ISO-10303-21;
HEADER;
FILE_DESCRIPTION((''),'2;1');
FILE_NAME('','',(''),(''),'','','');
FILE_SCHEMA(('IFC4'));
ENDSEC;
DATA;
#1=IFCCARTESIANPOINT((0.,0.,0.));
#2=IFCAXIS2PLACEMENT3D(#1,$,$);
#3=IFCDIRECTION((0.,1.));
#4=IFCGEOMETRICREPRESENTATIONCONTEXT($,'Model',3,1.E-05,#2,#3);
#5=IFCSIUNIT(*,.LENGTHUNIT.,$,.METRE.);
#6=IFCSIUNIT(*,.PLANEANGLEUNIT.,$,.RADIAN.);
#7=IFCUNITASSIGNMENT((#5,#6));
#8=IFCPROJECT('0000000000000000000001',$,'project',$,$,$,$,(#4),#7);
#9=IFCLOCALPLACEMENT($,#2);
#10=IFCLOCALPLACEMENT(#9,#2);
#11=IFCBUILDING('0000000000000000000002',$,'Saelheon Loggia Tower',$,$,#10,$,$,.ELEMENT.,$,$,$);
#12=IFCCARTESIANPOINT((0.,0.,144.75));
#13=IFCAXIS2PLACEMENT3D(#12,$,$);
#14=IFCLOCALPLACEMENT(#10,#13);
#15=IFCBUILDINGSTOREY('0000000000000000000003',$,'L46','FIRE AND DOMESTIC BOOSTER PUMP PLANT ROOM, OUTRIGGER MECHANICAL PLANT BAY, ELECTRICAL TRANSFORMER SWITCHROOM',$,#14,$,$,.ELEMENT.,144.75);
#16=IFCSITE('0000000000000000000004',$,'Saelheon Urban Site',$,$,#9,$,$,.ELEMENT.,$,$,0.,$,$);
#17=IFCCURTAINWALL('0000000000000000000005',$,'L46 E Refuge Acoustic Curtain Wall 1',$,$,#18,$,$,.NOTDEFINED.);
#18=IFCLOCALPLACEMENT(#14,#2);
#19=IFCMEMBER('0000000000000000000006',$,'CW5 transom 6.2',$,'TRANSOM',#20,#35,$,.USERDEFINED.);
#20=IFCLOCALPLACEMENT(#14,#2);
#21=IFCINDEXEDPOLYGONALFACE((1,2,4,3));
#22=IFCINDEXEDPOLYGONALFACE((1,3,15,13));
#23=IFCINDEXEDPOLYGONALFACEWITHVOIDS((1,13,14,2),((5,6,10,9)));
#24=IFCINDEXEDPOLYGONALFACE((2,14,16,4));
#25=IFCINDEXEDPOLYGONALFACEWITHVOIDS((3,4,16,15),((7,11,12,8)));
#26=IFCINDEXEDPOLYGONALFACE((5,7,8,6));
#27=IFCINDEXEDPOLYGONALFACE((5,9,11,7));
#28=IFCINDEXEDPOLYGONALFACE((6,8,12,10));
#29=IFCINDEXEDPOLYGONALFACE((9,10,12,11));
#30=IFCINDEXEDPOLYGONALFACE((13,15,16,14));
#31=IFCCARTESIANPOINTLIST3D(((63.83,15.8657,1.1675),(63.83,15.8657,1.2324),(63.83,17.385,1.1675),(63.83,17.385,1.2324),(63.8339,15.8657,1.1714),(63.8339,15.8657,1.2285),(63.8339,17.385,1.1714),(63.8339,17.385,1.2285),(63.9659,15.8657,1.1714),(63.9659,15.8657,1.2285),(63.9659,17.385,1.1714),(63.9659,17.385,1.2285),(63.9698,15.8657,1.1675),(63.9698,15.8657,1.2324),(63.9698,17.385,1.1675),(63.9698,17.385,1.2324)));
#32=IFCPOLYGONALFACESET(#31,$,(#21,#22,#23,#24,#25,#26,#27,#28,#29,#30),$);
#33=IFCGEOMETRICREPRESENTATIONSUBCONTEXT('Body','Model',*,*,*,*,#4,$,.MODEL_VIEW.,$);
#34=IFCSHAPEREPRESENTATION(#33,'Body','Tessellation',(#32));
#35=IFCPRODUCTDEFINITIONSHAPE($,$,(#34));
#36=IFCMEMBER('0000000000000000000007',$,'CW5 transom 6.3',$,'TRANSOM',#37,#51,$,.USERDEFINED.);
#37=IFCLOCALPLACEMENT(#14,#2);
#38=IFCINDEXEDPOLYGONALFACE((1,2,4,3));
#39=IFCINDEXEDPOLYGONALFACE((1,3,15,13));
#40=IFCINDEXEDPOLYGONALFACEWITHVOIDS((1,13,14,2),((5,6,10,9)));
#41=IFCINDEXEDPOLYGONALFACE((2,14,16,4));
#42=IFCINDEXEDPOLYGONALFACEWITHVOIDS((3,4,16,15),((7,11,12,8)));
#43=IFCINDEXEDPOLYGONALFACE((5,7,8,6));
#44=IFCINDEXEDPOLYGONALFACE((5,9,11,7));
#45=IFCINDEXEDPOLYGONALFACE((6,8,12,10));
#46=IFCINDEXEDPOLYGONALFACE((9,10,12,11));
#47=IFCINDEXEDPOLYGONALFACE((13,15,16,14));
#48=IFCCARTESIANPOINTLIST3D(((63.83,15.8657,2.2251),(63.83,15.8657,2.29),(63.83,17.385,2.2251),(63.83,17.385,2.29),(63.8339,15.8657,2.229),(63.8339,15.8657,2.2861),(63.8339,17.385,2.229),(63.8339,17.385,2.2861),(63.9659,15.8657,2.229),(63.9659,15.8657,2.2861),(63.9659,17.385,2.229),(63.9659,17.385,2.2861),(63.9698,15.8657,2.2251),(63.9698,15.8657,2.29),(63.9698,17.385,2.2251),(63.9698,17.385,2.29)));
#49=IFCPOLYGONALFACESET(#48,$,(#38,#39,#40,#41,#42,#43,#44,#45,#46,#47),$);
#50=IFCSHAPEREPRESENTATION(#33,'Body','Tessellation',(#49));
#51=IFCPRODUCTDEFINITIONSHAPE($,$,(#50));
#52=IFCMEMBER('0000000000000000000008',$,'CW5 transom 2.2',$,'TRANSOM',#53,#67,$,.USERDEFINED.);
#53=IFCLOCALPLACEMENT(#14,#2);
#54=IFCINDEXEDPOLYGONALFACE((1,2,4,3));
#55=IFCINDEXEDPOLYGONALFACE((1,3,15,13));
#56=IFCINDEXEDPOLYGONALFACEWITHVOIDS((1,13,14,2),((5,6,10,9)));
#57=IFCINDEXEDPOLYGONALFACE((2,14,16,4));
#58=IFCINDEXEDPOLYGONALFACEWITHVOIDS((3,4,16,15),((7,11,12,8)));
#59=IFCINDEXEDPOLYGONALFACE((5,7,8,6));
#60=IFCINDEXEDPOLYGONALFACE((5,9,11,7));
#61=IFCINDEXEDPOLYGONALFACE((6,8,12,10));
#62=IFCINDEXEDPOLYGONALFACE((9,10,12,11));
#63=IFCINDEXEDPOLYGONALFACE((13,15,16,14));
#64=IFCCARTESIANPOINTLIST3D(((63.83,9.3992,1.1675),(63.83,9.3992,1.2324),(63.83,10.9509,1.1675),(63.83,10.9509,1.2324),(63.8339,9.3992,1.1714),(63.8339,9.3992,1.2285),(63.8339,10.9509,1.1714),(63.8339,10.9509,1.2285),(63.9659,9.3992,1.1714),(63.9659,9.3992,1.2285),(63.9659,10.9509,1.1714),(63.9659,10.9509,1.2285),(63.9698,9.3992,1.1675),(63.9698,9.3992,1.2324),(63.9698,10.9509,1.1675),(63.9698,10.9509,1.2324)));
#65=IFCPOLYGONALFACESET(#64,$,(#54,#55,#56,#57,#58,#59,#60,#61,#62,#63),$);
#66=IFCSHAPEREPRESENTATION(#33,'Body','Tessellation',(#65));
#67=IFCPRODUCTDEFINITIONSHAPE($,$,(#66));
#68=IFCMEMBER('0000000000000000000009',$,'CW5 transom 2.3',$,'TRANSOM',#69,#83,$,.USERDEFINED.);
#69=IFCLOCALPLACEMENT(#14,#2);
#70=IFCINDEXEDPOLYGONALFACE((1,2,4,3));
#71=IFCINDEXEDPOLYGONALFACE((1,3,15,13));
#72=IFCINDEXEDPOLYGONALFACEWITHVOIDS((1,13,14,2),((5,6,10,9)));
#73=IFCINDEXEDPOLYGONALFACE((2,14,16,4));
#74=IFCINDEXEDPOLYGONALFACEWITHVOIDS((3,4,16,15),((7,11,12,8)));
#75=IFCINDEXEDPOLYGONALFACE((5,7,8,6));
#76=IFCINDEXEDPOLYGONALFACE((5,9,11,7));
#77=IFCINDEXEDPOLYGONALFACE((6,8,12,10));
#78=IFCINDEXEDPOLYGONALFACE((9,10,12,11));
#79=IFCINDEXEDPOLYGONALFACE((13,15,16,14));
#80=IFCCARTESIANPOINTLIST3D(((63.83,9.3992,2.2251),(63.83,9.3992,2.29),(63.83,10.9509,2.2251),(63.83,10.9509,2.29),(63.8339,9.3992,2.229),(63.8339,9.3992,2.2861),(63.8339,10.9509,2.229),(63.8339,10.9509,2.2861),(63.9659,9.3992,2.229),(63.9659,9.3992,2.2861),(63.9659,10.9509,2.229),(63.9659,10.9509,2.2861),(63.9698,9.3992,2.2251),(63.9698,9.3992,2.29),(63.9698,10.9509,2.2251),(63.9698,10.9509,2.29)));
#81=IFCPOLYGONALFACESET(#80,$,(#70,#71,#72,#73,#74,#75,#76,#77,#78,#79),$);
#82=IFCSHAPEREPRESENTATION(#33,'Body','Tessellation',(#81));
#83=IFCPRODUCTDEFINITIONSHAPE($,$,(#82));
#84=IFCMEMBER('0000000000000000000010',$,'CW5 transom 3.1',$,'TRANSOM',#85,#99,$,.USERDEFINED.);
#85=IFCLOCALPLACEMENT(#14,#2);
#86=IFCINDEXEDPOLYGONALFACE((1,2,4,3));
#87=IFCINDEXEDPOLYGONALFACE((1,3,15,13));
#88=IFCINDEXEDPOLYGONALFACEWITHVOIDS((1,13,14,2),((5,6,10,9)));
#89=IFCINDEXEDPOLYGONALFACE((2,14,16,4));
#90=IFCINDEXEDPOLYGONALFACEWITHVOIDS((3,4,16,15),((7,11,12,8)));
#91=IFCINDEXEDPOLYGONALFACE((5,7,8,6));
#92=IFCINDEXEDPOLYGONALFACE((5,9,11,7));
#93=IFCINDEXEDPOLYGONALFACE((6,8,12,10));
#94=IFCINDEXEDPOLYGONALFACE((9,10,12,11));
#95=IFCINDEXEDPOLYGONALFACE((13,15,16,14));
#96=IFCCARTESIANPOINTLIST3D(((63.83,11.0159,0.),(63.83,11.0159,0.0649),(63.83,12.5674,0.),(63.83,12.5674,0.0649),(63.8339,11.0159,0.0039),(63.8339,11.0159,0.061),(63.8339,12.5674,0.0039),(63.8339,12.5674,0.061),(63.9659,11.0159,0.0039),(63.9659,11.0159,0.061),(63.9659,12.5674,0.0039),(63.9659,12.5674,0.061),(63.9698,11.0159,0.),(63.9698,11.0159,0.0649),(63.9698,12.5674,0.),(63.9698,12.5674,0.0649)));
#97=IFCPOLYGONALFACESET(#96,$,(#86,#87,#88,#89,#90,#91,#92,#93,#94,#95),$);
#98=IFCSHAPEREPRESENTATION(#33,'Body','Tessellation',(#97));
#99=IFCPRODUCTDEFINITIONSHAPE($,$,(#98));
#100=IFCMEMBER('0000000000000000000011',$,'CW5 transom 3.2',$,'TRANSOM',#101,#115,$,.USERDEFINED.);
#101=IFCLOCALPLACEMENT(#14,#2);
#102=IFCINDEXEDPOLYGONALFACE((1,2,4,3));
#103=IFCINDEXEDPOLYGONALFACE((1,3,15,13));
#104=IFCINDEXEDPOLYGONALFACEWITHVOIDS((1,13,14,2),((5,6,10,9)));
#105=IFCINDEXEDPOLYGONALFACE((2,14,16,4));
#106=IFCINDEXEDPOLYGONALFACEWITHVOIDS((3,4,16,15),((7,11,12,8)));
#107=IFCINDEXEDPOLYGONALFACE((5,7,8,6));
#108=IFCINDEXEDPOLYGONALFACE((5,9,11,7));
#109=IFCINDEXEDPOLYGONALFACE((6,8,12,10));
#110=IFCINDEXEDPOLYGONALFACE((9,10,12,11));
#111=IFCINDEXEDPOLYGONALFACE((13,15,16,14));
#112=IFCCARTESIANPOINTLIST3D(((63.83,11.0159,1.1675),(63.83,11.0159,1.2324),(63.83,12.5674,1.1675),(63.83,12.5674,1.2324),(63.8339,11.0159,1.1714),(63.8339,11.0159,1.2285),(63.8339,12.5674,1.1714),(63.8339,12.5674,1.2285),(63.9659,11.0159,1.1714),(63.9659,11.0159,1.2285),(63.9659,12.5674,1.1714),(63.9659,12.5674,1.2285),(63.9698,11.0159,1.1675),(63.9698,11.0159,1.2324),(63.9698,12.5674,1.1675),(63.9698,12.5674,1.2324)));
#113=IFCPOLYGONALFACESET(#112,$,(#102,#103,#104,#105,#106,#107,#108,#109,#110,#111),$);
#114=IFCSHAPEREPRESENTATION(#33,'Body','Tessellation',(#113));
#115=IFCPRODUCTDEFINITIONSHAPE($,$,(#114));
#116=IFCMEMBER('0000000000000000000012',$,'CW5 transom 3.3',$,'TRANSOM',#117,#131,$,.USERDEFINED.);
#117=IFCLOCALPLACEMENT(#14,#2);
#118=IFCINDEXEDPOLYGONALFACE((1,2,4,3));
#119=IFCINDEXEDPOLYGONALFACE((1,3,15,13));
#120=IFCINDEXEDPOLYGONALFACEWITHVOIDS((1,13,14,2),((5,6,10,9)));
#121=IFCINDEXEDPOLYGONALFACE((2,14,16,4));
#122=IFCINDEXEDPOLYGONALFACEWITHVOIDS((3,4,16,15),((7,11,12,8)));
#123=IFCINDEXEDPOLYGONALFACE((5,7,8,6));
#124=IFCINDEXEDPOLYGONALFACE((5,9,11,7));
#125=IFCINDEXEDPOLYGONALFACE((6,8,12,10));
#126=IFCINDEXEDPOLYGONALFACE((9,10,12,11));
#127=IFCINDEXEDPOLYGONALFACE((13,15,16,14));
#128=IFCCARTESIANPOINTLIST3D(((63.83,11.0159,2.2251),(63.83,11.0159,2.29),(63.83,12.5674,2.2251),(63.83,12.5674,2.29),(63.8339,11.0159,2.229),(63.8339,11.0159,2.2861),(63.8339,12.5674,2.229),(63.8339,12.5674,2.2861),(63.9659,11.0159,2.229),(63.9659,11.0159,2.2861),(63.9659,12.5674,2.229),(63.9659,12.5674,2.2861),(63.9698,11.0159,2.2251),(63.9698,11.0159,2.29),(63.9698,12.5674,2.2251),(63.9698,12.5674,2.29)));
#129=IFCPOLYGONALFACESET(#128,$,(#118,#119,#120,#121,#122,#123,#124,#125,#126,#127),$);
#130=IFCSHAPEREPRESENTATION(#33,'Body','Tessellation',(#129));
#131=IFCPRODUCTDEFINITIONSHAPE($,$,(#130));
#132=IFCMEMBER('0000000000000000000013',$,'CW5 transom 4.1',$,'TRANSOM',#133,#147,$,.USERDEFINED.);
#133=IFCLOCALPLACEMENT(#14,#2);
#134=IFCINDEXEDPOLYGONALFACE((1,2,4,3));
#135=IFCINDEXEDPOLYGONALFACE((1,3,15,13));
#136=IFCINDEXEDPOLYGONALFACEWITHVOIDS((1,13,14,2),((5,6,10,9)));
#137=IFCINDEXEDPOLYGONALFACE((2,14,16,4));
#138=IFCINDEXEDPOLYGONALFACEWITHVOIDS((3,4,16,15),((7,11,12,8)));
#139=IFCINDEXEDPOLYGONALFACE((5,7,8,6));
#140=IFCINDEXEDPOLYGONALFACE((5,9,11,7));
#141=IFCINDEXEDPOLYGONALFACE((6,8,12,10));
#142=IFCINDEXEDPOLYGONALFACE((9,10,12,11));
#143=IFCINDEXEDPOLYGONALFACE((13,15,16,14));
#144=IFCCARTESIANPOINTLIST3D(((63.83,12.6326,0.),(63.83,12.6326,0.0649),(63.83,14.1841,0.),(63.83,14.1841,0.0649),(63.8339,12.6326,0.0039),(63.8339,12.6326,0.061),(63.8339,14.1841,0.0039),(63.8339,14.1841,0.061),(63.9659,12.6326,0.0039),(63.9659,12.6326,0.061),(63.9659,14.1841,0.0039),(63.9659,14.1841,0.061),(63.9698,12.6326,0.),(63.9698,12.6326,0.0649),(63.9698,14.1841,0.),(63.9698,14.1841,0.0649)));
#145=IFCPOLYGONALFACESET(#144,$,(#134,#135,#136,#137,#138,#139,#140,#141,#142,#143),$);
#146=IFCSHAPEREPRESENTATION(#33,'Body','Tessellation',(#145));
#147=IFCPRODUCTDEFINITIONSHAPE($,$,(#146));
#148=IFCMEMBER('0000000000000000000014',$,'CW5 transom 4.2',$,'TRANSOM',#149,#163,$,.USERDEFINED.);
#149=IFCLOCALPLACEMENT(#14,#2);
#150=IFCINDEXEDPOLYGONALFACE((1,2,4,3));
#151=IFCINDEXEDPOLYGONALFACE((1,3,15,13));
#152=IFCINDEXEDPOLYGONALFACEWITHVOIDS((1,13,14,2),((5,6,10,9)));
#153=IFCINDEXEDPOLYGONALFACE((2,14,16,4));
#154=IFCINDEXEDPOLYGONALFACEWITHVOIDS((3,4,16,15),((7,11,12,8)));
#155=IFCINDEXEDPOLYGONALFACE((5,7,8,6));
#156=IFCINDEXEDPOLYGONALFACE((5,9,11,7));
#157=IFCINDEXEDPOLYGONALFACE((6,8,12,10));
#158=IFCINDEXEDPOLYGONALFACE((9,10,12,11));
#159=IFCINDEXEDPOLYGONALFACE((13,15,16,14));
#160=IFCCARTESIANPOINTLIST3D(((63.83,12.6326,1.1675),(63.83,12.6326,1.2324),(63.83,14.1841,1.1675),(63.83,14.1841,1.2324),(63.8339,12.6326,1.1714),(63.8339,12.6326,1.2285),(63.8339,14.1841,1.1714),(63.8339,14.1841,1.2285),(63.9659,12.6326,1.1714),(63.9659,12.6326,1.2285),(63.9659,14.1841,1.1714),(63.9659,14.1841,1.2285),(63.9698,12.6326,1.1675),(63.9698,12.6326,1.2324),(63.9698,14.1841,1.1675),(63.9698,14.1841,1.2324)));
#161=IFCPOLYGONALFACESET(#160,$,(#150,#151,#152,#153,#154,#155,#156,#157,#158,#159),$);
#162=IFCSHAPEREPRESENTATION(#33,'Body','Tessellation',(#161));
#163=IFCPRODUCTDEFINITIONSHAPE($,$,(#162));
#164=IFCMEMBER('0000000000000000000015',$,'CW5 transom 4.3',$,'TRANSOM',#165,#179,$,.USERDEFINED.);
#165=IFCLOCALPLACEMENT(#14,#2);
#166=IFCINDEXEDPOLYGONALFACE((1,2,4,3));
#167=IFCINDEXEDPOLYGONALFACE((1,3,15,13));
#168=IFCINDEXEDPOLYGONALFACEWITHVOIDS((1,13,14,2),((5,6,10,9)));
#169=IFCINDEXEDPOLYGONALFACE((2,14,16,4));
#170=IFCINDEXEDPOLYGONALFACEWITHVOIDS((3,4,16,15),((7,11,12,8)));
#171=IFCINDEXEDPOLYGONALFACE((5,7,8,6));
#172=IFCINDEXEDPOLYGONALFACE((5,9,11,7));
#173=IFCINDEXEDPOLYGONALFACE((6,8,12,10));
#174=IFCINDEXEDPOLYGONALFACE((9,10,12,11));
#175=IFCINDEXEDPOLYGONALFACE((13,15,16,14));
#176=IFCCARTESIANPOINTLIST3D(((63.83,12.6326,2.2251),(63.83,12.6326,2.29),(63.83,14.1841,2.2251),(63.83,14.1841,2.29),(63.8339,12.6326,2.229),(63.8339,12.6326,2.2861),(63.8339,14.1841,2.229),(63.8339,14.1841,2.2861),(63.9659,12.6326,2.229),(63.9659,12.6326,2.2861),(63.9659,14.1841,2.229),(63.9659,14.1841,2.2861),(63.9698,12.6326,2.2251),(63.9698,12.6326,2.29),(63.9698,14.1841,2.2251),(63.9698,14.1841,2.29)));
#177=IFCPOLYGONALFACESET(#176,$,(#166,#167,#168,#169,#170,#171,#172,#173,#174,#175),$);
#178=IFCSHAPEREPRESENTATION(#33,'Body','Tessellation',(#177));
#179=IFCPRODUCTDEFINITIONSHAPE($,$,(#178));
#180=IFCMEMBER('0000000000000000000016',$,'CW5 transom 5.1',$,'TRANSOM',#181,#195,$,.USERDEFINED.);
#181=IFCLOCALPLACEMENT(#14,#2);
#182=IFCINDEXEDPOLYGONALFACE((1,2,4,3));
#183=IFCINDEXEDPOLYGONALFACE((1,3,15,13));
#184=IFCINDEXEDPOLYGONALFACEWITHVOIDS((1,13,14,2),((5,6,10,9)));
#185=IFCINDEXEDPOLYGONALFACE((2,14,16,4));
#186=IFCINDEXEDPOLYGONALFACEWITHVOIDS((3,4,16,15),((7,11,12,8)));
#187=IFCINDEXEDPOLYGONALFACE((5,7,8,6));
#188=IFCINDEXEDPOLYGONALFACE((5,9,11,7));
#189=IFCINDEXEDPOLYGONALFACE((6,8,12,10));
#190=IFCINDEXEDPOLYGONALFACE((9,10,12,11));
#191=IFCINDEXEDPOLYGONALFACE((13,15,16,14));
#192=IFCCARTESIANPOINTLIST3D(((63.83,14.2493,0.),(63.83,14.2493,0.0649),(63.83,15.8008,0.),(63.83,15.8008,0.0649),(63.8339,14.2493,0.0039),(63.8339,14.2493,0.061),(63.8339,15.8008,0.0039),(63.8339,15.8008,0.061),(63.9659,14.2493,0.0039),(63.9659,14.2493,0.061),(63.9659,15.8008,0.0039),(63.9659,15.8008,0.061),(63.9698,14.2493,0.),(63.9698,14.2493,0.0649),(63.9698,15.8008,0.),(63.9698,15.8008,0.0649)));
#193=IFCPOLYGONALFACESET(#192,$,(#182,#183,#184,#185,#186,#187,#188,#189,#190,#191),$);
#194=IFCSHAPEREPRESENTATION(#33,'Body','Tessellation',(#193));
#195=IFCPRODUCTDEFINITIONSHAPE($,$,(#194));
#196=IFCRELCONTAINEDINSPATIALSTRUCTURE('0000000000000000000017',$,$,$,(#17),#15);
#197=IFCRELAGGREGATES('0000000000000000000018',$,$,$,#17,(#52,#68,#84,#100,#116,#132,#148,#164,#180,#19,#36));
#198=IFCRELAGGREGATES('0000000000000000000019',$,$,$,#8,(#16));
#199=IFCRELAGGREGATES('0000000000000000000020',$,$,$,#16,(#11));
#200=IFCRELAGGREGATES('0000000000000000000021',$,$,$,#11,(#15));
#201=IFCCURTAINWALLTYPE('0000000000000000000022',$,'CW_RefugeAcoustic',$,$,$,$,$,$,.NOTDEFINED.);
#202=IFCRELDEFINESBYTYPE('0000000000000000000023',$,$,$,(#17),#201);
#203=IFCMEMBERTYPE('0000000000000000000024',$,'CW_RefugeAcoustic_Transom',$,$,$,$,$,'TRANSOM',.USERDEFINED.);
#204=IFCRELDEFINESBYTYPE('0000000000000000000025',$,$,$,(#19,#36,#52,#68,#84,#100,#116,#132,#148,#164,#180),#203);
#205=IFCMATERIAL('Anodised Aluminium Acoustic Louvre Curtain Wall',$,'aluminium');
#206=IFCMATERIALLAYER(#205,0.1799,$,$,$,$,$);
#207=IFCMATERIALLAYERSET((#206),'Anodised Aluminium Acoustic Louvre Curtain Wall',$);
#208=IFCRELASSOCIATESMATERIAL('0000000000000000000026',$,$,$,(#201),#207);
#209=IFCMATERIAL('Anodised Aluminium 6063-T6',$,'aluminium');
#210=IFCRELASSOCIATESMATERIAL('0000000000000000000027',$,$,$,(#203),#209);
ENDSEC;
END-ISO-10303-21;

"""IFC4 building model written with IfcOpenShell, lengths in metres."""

from ifc_helpers import new_model, si_unit, direction, frame, origin, origin_2d, place, context, subcontext, project, spatial, hollow_rectangle, extrude, source, transform, mapped, material, layer, layer_set, material_profile, profile_set, type_object, element, aggregate, save


model = new_model("IFC4")

# Units and contexts
model_context = context("Model", 3, precision=1e-05, world=origin(), true_north=direction((0.0, 1.0)))
body_context = subcontext(model_context, "Body", "Model", "MODEL_VIEW")
ifc_project = project(units=[si_unit("LENGTHUNIT", "METRE"), si_unit("PLANEANGLEUNIT", "RADIAN")], contexts=[model_context])

# Site, building, storey
site_placement = place(None, origin())
site = spatial("IfcSite", under=ifc_project, at=site_placement, Name="Saelheon Urban Site", CompositionType="ELEMENT", RefElevation=0.0)
building_placement = place(site_placement, origin())
building = spatial("IfcBuilding", under=site, at=building_placement, Name="Saelheon Loggia Tower", CompositionType="ELEMENT")
storey_placement = place(building_placement, frame((0.0, 0.0, 144.75)))
storey = spatial("IfcBuildingStorey", under=building, at=storey_placement, Name="L46", Description="FIRE AND DOMESTIC BOOSTER PUMP PLANT ROOM, OUTRIGGER MECHANICAL PLANT BAY, ELECTRICAL TRANSFORMER SWITCHROOM", CompositionType="ELEMENT", Elevation=144.75)

# Curtain wall, members
ifc_material_1 = material(Name="Anodised Aluminium Acoustic Louvre Curtain Wall", Category="aluminium")
ifc_layer_1 = layer(ifc_material_1, 0.1799)
ifc_layer_set_1 = layer_set([ifc_layer_1], Name="Anodised Aluminium Acoustic Louvre Curtain Wall")
curtain_wall_type = type_object("IfcCurtainWallType", Name="CW_RefugeAcoustic", PredefinedType="NOTDEFINED", material=ifc_layer_set_1)
curtain_wall_placement = place(storey_placement, origin())
curtain_wall = element("IfcCurtainWall", 1, at=curtain_wall_placement, inside=storey, type_object=curtain_wall_type, Name="L46 E Refuge Acoustic Curtain Wall 1", PredefinedType="NOTDEFINED")
ifc_material_2 = material(Name="Anodised Aluminium 6063-T6", Category="aluminium")
ifc_material_profile_1 = material_profile(ifc_material_2, hollow_rectangle(XDim=0.0649, YDim=0.1399, WallThickness=0.0039, at=origin_2d()), Name="RHS-140x65x4")
ifc_profile_set_1 = profile_set([ifc_material_profile_1], Name="Anodised Aluminium 6063-T6")
member_type_1 = type_object("IfcMemberType", Name="CW_RefugeAcoustic_Transom", ElementType="TRANSOM", PredefinedType="USERDEFINED", material=ifc_profile_set_1)
shared_shape_1 = source(origin(), body_context, "Body", "SweptSolid", [
    extrude(hollow_rectangle(XDim=0.0649, YDim=0.1399, WallThickness=0.0039, at=origin_2d()), origin(), (0.0, 0.0, 1.0), 1.5193),
])
member_1_placement = place(storey_placement, frame((63.8999, 15.8657, 1.2), z_axis=(0.0, 1.0, 0.0), x_axis=(0.0, 0.0, 1.0)))
member_1 = element("IfcMember", 2, at=member_1_placement, type_object=member_type_1, Name="CW5 transom 6.2", ObjectType="TRANSOM", PredefinedType="USERDEFINED", context=body_context, shape_type="MappedRepresentation", body=[
    mapped(shared_shape_1, transform((0.0, 0.0, 0.0), scale=1.0)),
])
member_2_placement = place(storey_placement, frame((63.8999, 15.8657, 2.2576), z_axis=(0.0, 1.0, 0.0), x_axis=(0.0, 0.0, 1.0)))
member_2 = element("IfcMember", 3, at=member_2_placement, type_object=member_type_1, Name="CW5 transom 6.3", ObjectType="TRANSOM", PredefinedType="USERDEFINED", context=body_context, shape_type="MappedRepresentation", body=[
    mapped(shared_shape_1, transform((0.0, 0.0, 0.0), scale=1.0)),
])
shared_shape_2 = source(origin(), body_context, "Body", "SweptSolid", [
    extrude(hollow_rectangle(XDim=0.0649, YDim=0.1399, WallThickness=0.0039, at=origin_2d()), origin(), (0.0, 0.0, 1.0), 1.5518),
])
member_3_placement = place(storey_placement, frame((63.8999, 9.3992, 1.2), z_axis=(0.0, 1.0, 0.0), x_axis=(0.0, 0.0, 1.0)))
member_3 = element("IfcMember", 4, at=member_3_placement, type_object=member_type_1, Name="CW5 transom 2.2", ObjectType="TRANSOM", PredefinedType="USERDEFINED", context=body_context, shape_type="MappedRepresentation", body=[
    mapped(shared_shape_2, transform((0.0, 0.0, 0.0), scale=1.0)),
])
member_4_placement = place(storey_placement, frame((63.8999, 9.3992, 2.2576), z_axis=(0.0, 1.0, 0.0), x_axis=(0.0, 0.0, 1.0)))
member_4 = element("IfcMember", 5, at=member_4_placement, type_object=member_type_1, Name="CW5 transom 2.3", ObjectType="TRANSOM", PredefinedType="USERDEFINED", context=body_context, shape_type="MappedRepresentation", body=[
    mapped(shared_shape_2, transform((0.0, 0.0, 0.0), scale=1.0)),
])
shared_shape_3 = source(origin(), body_context, "Body", "SweptSolid", [
    extrude(hollow_rectangle(XDim=0.0649, YDim=0.1399, WallThickness=0.0039, at=origin_2d()), origin(), (0.0, 0.0, 1.0), 1.5515),
])
member_5_placement = place(storey_placement, frame((63.8999, 11.0159, 0.0325), z_axis=(0.0, 1.0, 0.0), x_axis=(0.0, 0.0, 1.0)))
member_5 = element("IfcMember", 6, at=member_5_placement, type_object=member_type_1, Name="CW5 transom 3.1", ObjectType="TRANSOM", PredefinedType="USERDEFINED", context=body_context, shape_type="MappedRepresentation", body=[
    mapped(shared_shape_3, transform((0.0, 0.0, 0.0), scale=1.0)),
])
member_6_placement = place(storey_placement, frame((63.8999, 11.0159, 1.2), z_axis=(0.0, 1.0, 0.0), x_axis=(0.0, 0.0, 1.0)))
member_6 = element("IfcMember", 7, at=member_6_placement, type_object=member_type_1, Name="CW5 transom 3.2", ObjectType="TRANSOM", PredefinedType="USERDEFINED", context=body_context, shape_type="MappedRepresentation", body=[
    mapped(shared_shape_3, transform((0.0, 0.0, 0.0), scale=1.0)),
])
member_7_placement = place(storey_placement, frame((63.8999, 11.0159, 2.2576), z_axis=(0.0, 1.0, 0.0), x_axis=(0.0, 0.0, 1.0)))
member_7 = element("IfcMember", 8, at=member_7_placement, type_object=member_type_1, Name="CW5 transom 3.3", ObjectType="TRANSOM", PredefinedType="USERDEFINED", context=body_context, shape_type="MappedRepresentation", body=[
    mapped(shared_shape_3, transform((0.0, 0.0, 0.0), scale=1.0)),
])
member_8_placement = place(storey_placement, frame((63.8999, 12.6326, 0.0325), z_axis=(0.0, 1.0, 0.0), x_axis=(0.0, 0.0, 1.0)))
member_8 = element("IfcMember", 9, at=member_8_placement, type_object=member_type_1, Name="CW5 transom 4.1", ObjectType="TRANSOM", PredefinedType="USERDEFINED", context=body_context, shape_type="MappedRepresentation", body=[
    mapped(shared_shape_3, transform((0.0, 0.0, 0.0), scale=1.0)),
])
member_9_placement = place(storey_placement, frame((63.8999, 12.6326, 1.2), z_axis=(0.0, 1.0, 0.0), x_axis=(0.0, 0.0, 1.0)))
member_9 = element("IfcMember", 10, at=member_9_placement, type_object=member_type_1, Name="CW5 transom 4.2", ObjectType="TRANSOM", PredefinedType="USERDEFINED", context=body_context, shape_type="MappedRepresentation", body=[
    mapped(shared_shape_3, transform((0.0, 0.0, 0.0), scale=1.0)),
])
member_10_placement = place(storey_placement, frame((63.8999, 12.6326, 2.2576), z_axis=(0.0, 1.0, 0.0), x_axis=(0.0, 0.0, 1.0)))
member_10 = element("IfcMember", 11, at=member_10_placement, type_object=member_type_1, Name="CW5 transom 4.3", ObjectType="TRANSOM", PredefinedType="USERDEFINED", context=body_context, shape_type="MappedRepresentation", body=[
    mapped(shared_shape_3, transform((0.0, 0.0, 0.0), scale=1.0)),
])
member_11_placement = place(storey_placement, frame((63.8999, 14.2493, 0.0325), z_axis=(0.0, 1.0, 0.0), x_axis=(0.0, 0.0, 1.0)))
member_11 = element("IfcMember", 12, at=member_11_placement, type_object=member_type_1, Name="CW5 transom 5.1", ObjectType="TRANSOM", PredefinedType="USERDEFINED", context=body_context, shape_type="MappedRepresentation", body=[
    mapped(shared_shape_3, transform((0.0, 0.0, 0.0), scale=1.0)),
])

aggregate(curtain_wall, [member_3, member_4, member_5, member_6, member_7, member_8, member_9, member_10, member_11, member_1, member_2])

save(model, "model.ifc")
